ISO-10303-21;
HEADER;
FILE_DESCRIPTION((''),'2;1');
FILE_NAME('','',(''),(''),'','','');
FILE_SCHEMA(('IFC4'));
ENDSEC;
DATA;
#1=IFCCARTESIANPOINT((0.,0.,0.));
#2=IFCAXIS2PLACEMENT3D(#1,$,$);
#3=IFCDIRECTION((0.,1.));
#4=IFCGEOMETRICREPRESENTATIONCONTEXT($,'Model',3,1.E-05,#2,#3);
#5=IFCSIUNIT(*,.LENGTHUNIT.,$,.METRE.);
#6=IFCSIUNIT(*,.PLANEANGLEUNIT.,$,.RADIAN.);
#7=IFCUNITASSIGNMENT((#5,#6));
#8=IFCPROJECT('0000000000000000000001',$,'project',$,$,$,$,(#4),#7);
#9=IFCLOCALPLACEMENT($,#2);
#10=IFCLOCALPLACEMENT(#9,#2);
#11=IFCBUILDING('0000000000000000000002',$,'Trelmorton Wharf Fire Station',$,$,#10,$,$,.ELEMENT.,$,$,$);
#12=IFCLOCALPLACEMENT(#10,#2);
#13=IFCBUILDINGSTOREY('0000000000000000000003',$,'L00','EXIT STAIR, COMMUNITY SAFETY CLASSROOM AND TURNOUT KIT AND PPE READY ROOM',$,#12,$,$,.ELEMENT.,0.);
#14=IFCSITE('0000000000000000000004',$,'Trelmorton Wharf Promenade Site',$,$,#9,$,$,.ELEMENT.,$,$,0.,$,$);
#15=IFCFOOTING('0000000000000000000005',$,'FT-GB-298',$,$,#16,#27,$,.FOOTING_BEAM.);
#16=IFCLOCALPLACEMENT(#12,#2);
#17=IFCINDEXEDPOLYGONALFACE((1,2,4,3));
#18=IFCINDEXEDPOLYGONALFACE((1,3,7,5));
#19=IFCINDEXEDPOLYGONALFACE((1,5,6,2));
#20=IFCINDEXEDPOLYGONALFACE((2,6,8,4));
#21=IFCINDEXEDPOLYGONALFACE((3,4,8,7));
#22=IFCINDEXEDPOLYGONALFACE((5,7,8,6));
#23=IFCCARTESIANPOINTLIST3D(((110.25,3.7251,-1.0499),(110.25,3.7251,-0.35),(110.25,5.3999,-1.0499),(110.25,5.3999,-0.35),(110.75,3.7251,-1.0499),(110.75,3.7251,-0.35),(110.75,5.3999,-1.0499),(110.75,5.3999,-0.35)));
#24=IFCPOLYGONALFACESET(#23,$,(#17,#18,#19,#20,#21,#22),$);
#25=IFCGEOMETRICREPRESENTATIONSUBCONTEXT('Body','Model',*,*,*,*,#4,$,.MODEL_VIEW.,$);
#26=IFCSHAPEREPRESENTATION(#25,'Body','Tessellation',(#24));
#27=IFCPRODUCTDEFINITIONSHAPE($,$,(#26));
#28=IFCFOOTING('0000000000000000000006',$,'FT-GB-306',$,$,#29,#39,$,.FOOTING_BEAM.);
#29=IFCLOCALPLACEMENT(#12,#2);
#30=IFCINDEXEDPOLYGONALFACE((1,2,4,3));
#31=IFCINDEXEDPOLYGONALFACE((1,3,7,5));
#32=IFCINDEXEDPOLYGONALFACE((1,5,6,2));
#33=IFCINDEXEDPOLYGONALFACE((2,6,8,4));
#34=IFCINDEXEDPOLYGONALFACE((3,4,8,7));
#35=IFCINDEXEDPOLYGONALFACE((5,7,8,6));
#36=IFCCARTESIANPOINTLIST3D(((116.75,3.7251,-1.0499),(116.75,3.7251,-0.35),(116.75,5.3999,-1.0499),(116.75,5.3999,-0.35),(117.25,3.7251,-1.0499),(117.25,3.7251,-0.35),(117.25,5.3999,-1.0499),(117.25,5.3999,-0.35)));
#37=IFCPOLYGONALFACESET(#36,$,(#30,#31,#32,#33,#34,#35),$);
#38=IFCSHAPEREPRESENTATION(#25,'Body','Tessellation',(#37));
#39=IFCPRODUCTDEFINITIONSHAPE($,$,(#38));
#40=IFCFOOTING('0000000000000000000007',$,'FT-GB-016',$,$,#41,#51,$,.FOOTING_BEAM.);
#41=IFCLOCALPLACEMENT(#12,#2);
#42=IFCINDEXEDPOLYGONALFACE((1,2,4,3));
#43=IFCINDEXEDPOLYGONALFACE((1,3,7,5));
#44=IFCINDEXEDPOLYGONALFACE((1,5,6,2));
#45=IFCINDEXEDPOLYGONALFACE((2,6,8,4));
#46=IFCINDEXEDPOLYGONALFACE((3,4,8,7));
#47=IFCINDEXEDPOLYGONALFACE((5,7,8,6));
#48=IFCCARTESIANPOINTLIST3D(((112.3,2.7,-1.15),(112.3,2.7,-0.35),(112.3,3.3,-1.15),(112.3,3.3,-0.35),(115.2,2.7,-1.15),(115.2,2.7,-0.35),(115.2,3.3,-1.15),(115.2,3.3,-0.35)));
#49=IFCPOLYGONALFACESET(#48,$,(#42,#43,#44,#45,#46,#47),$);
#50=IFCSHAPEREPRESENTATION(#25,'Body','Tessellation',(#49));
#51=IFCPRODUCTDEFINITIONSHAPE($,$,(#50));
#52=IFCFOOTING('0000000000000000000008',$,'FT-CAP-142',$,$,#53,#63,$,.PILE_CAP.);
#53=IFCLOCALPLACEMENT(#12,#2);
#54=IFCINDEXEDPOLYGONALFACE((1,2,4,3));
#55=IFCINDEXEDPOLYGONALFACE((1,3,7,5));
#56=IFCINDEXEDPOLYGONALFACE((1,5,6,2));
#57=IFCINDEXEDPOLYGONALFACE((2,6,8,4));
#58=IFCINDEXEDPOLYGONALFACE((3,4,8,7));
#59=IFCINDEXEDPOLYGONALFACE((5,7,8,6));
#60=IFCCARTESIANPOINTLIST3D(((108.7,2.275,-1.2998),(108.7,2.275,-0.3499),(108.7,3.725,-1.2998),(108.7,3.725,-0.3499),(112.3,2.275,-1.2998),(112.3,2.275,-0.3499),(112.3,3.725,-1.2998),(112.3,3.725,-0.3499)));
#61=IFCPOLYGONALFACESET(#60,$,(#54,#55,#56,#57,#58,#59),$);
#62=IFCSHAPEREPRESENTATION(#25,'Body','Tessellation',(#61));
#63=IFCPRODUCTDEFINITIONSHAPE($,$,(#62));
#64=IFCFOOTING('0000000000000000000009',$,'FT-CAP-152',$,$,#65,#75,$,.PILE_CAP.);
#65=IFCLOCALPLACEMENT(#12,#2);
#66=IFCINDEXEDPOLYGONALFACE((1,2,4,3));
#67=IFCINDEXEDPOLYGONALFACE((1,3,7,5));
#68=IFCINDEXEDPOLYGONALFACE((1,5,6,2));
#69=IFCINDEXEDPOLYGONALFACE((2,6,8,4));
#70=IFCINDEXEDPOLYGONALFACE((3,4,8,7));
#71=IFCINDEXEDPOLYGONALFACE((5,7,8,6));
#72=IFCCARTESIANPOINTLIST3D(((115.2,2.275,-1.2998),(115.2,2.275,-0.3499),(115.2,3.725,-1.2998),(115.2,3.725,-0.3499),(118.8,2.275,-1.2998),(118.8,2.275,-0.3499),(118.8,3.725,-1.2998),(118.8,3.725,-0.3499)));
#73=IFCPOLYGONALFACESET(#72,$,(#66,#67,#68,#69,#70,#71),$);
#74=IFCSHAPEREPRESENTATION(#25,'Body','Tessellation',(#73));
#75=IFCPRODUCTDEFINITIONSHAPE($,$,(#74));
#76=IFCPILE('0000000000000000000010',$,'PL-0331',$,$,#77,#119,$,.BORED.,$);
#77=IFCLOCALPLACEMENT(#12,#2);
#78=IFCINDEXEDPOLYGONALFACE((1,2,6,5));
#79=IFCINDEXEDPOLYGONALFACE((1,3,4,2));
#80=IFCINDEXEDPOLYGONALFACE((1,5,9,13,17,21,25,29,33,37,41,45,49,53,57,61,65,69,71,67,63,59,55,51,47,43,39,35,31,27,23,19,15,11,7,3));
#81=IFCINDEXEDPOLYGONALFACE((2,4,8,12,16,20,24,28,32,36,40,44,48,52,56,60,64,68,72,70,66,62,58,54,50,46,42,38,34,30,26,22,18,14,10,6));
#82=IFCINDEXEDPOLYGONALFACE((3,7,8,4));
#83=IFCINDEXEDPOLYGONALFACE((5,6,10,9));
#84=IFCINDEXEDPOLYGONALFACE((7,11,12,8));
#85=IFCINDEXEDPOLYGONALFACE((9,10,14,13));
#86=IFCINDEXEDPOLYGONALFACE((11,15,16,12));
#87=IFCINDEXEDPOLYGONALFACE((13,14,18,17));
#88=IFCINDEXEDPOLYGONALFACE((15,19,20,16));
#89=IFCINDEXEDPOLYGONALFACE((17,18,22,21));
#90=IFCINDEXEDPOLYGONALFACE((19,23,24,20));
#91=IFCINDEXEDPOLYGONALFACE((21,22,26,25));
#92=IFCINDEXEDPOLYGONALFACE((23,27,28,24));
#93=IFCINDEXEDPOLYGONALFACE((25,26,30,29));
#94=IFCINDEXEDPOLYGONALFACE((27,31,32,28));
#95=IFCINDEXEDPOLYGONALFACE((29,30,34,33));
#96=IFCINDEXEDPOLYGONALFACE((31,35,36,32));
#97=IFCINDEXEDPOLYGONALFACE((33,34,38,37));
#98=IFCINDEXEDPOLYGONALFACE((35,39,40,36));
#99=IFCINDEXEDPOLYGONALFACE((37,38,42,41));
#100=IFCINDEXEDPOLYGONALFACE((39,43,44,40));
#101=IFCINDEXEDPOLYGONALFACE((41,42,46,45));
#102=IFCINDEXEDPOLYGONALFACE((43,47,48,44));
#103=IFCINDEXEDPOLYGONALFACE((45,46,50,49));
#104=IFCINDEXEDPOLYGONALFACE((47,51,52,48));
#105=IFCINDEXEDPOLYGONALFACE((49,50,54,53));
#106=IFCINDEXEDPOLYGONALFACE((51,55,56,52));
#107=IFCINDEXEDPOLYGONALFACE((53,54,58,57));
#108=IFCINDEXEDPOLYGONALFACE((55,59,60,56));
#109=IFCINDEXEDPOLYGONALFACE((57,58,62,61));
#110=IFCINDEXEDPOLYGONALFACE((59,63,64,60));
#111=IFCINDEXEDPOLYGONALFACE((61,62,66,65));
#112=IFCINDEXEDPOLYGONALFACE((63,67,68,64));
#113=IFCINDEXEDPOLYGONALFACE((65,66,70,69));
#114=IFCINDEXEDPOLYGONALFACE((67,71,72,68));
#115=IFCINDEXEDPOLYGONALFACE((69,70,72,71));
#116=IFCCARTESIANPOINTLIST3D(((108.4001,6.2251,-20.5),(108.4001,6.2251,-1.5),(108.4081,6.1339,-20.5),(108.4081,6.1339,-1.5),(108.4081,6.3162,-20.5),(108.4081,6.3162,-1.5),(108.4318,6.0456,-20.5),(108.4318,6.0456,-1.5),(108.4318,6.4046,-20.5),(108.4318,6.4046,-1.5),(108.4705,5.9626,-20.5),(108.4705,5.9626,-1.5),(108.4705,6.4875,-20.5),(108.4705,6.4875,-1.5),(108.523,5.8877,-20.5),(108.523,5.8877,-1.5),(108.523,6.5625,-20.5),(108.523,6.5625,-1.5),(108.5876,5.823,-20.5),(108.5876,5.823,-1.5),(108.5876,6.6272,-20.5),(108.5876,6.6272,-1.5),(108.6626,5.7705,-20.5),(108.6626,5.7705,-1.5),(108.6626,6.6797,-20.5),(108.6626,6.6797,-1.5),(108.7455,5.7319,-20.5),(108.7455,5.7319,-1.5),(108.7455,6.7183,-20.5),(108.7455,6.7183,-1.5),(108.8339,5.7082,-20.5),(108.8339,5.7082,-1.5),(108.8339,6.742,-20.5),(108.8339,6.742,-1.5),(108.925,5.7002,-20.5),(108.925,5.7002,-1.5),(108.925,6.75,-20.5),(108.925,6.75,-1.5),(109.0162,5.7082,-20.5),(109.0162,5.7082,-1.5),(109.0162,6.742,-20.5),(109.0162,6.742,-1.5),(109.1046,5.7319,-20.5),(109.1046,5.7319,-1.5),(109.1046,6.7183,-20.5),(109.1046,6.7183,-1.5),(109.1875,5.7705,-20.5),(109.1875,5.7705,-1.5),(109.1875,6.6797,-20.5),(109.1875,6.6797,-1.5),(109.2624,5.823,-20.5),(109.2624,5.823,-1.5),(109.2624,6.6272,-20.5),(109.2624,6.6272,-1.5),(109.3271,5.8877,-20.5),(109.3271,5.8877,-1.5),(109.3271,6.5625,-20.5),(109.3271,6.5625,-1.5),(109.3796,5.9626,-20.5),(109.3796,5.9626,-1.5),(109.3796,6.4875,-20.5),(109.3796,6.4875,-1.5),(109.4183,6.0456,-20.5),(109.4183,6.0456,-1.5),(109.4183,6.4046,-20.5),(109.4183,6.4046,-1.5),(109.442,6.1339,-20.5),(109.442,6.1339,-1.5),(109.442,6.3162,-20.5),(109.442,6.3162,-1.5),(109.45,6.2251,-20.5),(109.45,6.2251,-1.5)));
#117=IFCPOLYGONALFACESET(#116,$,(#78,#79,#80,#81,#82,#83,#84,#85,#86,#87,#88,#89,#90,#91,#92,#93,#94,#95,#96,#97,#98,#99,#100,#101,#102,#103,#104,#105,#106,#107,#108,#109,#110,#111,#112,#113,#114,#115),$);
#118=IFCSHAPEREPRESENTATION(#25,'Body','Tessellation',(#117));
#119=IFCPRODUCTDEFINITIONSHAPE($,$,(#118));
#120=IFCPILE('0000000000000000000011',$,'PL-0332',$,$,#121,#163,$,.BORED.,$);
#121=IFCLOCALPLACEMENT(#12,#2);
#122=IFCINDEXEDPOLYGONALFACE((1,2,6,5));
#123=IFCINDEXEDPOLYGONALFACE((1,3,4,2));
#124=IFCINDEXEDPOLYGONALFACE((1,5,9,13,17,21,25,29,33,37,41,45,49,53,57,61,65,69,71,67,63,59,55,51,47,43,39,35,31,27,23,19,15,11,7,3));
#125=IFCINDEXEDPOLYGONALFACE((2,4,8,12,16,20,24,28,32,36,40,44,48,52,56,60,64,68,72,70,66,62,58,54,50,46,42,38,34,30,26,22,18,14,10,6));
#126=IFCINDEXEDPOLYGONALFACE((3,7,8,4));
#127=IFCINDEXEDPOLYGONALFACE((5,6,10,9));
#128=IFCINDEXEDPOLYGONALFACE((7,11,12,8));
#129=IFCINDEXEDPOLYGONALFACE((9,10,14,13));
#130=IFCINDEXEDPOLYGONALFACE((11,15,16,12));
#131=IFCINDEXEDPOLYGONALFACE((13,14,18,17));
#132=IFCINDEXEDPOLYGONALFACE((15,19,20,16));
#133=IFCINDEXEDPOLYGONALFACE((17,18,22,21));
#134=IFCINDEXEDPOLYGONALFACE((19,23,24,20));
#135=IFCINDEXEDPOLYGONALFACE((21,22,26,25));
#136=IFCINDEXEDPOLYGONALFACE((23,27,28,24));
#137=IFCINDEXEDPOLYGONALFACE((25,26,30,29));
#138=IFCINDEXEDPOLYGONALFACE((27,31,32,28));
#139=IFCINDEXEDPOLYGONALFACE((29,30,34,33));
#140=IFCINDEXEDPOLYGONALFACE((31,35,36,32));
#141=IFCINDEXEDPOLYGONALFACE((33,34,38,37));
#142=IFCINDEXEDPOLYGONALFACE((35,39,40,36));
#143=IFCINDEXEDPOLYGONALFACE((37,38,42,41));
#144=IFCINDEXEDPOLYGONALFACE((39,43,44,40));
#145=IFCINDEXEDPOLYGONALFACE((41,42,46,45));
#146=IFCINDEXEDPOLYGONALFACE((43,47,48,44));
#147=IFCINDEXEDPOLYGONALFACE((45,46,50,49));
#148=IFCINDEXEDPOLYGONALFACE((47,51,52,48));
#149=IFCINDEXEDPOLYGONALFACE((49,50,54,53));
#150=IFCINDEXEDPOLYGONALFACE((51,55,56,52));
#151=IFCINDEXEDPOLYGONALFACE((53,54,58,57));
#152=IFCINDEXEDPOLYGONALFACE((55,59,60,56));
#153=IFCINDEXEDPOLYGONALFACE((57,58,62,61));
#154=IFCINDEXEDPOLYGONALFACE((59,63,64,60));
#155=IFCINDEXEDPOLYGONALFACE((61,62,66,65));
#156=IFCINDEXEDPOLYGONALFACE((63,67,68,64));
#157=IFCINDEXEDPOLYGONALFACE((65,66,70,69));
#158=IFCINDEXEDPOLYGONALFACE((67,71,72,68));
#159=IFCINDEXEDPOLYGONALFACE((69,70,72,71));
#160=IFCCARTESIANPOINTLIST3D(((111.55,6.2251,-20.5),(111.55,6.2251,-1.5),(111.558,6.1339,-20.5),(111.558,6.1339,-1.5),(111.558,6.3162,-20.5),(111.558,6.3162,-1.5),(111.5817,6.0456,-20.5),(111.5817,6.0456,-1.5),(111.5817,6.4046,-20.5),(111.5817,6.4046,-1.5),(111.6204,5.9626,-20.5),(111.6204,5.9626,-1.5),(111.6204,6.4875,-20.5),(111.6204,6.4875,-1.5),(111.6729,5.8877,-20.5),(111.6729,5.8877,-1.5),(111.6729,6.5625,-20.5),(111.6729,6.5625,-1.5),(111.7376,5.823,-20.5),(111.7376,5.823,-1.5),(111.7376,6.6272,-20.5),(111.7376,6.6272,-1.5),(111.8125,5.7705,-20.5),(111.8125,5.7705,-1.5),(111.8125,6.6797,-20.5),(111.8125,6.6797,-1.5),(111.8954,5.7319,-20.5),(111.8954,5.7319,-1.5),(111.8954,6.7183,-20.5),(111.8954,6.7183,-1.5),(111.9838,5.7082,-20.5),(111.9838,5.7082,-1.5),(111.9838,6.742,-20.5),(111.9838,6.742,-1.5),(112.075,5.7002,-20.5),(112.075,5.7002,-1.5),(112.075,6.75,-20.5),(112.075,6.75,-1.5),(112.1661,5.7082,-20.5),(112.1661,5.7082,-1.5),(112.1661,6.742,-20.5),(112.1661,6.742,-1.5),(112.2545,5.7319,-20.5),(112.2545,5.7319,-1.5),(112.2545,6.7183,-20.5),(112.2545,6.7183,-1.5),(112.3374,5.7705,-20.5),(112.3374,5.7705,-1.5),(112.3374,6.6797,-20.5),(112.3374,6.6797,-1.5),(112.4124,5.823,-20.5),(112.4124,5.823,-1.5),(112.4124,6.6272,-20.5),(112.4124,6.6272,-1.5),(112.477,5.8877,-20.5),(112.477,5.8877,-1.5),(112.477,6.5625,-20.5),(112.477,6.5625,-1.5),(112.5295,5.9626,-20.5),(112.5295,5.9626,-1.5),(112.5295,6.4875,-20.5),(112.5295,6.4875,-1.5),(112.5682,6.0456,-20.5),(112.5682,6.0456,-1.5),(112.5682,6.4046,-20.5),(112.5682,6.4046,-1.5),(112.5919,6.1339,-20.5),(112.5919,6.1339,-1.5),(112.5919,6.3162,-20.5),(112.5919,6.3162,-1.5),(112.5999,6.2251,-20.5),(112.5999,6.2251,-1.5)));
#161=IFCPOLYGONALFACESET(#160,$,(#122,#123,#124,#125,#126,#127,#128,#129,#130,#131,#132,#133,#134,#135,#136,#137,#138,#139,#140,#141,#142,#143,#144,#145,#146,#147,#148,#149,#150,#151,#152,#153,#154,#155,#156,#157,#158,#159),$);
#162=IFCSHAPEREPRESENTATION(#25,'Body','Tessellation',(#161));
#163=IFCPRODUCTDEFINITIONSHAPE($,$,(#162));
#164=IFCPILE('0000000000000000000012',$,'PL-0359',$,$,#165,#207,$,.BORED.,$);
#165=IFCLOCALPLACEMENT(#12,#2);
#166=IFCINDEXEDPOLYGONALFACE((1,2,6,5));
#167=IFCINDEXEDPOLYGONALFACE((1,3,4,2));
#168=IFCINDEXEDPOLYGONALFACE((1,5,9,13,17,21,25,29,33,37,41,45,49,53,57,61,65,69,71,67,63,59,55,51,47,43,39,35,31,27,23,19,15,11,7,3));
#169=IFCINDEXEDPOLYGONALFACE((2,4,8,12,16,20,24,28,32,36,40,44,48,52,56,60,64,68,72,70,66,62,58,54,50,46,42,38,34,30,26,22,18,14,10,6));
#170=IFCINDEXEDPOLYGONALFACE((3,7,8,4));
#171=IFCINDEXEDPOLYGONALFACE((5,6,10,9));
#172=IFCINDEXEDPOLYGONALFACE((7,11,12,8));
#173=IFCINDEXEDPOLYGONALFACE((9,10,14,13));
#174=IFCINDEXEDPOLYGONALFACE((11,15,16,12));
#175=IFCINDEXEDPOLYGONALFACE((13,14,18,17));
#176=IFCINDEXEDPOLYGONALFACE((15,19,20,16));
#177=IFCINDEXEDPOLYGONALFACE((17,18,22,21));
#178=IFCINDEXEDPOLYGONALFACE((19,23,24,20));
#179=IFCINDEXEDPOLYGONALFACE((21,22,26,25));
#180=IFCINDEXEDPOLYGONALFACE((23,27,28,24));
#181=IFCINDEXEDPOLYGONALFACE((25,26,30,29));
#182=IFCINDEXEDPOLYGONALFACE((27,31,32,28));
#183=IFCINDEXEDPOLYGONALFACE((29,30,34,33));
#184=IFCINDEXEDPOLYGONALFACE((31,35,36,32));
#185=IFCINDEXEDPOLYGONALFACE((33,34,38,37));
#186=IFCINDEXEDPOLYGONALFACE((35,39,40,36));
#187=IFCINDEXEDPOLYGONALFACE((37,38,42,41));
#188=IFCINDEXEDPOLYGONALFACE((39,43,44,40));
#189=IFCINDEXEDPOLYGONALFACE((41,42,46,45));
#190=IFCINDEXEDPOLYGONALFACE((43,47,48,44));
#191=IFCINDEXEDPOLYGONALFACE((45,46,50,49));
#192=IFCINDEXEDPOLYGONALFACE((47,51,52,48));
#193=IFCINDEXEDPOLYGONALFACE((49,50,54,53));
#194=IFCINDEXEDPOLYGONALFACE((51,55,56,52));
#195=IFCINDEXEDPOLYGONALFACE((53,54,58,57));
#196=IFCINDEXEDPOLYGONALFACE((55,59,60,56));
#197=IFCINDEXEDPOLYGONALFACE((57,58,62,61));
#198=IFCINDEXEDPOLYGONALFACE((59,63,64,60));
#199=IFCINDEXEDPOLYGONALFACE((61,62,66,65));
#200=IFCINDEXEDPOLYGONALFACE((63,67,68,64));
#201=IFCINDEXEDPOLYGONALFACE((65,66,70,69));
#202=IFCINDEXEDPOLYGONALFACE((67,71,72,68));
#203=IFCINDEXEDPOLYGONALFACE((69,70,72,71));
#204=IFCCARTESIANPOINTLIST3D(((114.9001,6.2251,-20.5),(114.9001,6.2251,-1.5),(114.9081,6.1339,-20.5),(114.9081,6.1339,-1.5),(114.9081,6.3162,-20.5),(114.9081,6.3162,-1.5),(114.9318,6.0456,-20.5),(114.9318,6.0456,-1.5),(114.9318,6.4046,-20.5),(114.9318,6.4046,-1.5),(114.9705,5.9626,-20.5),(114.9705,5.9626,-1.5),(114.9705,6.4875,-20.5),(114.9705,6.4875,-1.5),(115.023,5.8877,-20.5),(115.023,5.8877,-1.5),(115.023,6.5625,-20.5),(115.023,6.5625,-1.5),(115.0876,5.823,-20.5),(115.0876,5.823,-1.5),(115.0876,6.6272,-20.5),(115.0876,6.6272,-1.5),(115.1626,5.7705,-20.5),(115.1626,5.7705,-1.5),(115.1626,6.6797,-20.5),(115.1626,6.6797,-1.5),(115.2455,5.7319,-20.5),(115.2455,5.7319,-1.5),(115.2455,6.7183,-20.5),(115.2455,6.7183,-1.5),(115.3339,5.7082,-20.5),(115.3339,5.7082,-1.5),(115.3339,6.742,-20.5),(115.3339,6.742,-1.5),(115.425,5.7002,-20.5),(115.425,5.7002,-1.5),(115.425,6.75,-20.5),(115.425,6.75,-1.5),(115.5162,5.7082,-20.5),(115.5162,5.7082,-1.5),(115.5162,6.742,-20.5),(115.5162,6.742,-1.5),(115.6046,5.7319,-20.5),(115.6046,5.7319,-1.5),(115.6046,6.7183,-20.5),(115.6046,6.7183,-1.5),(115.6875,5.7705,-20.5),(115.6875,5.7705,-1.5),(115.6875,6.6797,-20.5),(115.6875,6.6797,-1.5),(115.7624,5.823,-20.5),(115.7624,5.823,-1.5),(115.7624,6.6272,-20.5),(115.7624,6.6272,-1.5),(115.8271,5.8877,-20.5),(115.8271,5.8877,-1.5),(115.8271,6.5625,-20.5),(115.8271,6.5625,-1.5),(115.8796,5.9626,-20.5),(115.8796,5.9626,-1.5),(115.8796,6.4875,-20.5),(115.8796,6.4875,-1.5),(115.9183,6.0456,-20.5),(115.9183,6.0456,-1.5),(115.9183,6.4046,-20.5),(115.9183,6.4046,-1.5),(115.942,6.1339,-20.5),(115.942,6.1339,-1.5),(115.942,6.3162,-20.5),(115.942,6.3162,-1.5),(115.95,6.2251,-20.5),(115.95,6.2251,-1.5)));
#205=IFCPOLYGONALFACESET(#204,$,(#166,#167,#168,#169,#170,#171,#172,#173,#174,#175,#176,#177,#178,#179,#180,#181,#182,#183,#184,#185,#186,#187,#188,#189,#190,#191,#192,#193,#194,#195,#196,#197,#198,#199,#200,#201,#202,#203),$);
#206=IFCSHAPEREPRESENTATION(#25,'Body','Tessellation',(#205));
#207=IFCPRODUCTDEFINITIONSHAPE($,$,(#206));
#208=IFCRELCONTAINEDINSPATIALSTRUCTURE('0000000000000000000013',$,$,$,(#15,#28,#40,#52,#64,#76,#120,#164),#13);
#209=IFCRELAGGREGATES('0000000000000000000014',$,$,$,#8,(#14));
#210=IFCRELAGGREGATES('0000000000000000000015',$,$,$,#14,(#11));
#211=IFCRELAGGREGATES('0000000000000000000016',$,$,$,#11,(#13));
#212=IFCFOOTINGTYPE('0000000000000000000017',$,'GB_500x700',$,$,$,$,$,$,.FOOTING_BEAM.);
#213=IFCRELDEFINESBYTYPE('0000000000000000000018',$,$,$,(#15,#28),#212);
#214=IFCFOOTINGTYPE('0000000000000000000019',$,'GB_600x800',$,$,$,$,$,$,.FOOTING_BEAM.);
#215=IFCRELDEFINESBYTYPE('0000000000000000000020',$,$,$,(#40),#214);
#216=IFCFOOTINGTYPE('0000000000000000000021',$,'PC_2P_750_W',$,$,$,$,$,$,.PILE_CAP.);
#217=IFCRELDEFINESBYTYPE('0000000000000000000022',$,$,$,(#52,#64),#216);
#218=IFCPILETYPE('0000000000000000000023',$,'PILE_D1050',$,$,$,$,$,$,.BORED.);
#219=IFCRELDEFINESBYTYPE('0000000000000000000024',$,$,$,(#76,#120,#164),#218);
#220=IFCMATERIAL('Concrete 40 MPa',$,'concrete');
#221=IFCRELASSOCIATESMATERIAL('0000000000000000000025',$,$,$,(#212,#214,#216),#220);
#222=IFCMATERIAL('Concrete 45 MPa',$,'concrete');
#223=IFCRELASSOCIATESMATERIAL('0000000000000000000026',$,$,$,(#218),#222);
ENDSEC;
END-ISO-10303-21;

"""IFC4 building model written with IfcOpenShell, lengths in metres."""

from ifc_helpers import new_model, si_unit, direction, frame, origin, origin_2d, place, context, subcontext, project, spatial, rectangle, circle, extrude, material, material_profile, profile_set, type_object, element, save


model = new_model("IFC4")

# Units and contexts
model_context = context("Model", 3, precision=1e-05, world=origin(), true_north=direction((0.0, 1.0)))
body_context = subcontext(model_context, "Body", "Model", "MODEL_VIEW")
ifc_project = project(units=[si_unit("LENGTHUNIT", "METRE"), si_unit("PLANEANGLEUNIT", "RADIAN")], contexts=[model_context])

# Site, building, storey
site_placement = place(None, origin())
site = spatial("IfcSite", under=ifc_project, at=site_placement, Name="Trelmorton Wharf Promenade Site", CompositionType="ELEMENT", RefElevation=0.0)
building_placement = place(site_placement, origin())
building = spatial("IfcBuilding", under=site, at=building_placement, Name="Trelmorton Wharf Fire Station", CompositionType="ELEMENT")
storey_placement = place(building_placement, origin())
storey = spatial("IfcBuildingStorey", under=building, at=storey_placement, Name="L00", Description="EXIT STAIR, COMMUNITY SAFETY CLASSROOM AND TURNOUT KIT AND PPE READY ROOM", CompositionType="ELEMENT", Elevation=0.0)

# Footings
ifc_material_1 = material(Name="Concrete 40 MPa", Category="concrete")
ifc_material_profile_1 = material_profile(ifc_material_1, rectangle(XDim=0.5, YDim=0.7, at=origin_2d()), Name="RC500x700")
ifc_profile_set_1 = profile_set([ifc_material_profile_1], Name="Concrete 40 MPa")
footing_type_1 = type_object("IfcFootingType", Name="GB_500x700", PredefinedType="FOOTING_BEAM", material=ifc_profile_set_1)
for number, where, z_axis, x_axis, name in (
    (1, (110.5, 3.7251, -0.7), (0.0, 1.0, 0.0), (-1.0, 0.0, 0.0), "FT-GB-298"),
    (2, (117.0, 3.7251, -0.7), (0.0, 1.0, 0.0), (-1.0, 0.0, 0.0), "FT-GB-306"),
):
    element("IfcFooting", number, at=place(storey_placement, frame(where, z_axis=z_axis, x_axis=x_axis)), inside=storey, type_object=footing_type_1, Name=name, PredefinedType="FOOTING_BEAM", context=body_context, shape_type="SweptSolid", body=[
        extrude(rectangle(XDim=0.5, YDim=0.7, at=origin_2d()), origin(), (0.0, 0.0, 1.0), 1.6748),
    ])
ifc_material_profile_2 = material_profile(ifc_material_1, rectangle(XDim=0.6001, YDim=0.8, at=origin_2d()), Name="RC600x800")
ifc_profile_set_2 = profile_set([ifc_material_profile_2], Name="Concrete 40 MPa")
footing_type_2 = type_object("IfcFootingType", Name="GB_600x800", PredefinedType="FOOTING_BEAM", material=ifc_profile_set_2)
footing_placement = place(storey_placement, frame((112.3, 3.0, -0.75), z_axis=(1.0, 0.0, 0.0), x_axis=(0.0, 1.0, 0.0)))
element("IfcFooting", 3, at=footing_placement, inside=storey, type_object=footing_type_2, Name="FT-GB-016", PredefinedType="FOOTING_BEAM", context=body_context, shape_type="SweptSolid", body=[
    extrude(rectangle(XDim=0.6001, YDim=0.8, at=origin_2d()), origin(), (0.0, 0.0, 1.0), 2.8999),
])
footing_type_3 = type_object("IfcFootingType", Name="PC_2P_750_W", PredefinedType="PILE_CAP", material=ifc_material_1)
for number, where, z_axis, x_axis, name in (
    (4, (110.5, 3.0, -1.2998), (0.0, 0.0, 1.0), (1.0, 0.0, 0.0), "FT-CAP-142"),
    (5, (117.0, 3.0, -1.2998), (0.0, 0.0, 1.0), (1.0, 0.0, 0.0), "FT-CAP-152"),
):
    element("IfcFooting", number, at=place(storey_placement, frame(where, z_axis=z_axis, x_axis=x_axis)), inside=storey, type_object=footing_type_3, Name=name, PredefinedType="PILE_CAP", context=body_context, shape_type="SweptSolid", body=[
        extrude(rectangle(XDim=3.6001, YDim=1.45, at=origin_2d()), origin(), (0.0, 0.0, 1.0), 0.95),
    ])

# Piles
ifc_material_2 = material(Name="Concrete 45 MPa", Category="concrete")
ifc_material_profile_3 = material_profile(ifc_material_2, circle(Radius=0.5249, at=origin_2d()), Name="PILE-D1050")
ifc_profile_set_3 = profile_set([ifc_material_profile_3], Name="Concrete 45 MPa")
pile_type_1 = type_object("IfcPileType", Name="PILE_D1050", PredefinedType="BORED", material=ifc_profile_set_3)
for number, where, z_axis, x_axis, name in (
    (6, (108.925, 6.2251, -1.5), (0.0, 0.0, -1.0), (1.0, 0.0, 0.0), "PL-0331"),
    (7, (112.075, 6.2251, -1.5), (0.0, 0.0, -1.0), (1.0, 0.0, 0.0), "PL-0332"),
    (8, (115.425, 6.2251, -1.5), (0.0, 0.0, -1.0), (1.0, 0.0, 0.0), "PL-0359"),
):
    element("IfcPile", number, at=place(storey_placement, frame(where, z_axis=z_axis, x_axis=x_axis)), inside=storey, type_object=pile_type_1, Name=name, PredefinedType="BORED", context=body_context, shape_type="SweptSolid", body=[
        extrude(circle(Radius=0.5249, at=origin_2d()), origin(), (0.0, 0.0, 1.0), 19.0),
    ])

save(model, "model.ifc")
